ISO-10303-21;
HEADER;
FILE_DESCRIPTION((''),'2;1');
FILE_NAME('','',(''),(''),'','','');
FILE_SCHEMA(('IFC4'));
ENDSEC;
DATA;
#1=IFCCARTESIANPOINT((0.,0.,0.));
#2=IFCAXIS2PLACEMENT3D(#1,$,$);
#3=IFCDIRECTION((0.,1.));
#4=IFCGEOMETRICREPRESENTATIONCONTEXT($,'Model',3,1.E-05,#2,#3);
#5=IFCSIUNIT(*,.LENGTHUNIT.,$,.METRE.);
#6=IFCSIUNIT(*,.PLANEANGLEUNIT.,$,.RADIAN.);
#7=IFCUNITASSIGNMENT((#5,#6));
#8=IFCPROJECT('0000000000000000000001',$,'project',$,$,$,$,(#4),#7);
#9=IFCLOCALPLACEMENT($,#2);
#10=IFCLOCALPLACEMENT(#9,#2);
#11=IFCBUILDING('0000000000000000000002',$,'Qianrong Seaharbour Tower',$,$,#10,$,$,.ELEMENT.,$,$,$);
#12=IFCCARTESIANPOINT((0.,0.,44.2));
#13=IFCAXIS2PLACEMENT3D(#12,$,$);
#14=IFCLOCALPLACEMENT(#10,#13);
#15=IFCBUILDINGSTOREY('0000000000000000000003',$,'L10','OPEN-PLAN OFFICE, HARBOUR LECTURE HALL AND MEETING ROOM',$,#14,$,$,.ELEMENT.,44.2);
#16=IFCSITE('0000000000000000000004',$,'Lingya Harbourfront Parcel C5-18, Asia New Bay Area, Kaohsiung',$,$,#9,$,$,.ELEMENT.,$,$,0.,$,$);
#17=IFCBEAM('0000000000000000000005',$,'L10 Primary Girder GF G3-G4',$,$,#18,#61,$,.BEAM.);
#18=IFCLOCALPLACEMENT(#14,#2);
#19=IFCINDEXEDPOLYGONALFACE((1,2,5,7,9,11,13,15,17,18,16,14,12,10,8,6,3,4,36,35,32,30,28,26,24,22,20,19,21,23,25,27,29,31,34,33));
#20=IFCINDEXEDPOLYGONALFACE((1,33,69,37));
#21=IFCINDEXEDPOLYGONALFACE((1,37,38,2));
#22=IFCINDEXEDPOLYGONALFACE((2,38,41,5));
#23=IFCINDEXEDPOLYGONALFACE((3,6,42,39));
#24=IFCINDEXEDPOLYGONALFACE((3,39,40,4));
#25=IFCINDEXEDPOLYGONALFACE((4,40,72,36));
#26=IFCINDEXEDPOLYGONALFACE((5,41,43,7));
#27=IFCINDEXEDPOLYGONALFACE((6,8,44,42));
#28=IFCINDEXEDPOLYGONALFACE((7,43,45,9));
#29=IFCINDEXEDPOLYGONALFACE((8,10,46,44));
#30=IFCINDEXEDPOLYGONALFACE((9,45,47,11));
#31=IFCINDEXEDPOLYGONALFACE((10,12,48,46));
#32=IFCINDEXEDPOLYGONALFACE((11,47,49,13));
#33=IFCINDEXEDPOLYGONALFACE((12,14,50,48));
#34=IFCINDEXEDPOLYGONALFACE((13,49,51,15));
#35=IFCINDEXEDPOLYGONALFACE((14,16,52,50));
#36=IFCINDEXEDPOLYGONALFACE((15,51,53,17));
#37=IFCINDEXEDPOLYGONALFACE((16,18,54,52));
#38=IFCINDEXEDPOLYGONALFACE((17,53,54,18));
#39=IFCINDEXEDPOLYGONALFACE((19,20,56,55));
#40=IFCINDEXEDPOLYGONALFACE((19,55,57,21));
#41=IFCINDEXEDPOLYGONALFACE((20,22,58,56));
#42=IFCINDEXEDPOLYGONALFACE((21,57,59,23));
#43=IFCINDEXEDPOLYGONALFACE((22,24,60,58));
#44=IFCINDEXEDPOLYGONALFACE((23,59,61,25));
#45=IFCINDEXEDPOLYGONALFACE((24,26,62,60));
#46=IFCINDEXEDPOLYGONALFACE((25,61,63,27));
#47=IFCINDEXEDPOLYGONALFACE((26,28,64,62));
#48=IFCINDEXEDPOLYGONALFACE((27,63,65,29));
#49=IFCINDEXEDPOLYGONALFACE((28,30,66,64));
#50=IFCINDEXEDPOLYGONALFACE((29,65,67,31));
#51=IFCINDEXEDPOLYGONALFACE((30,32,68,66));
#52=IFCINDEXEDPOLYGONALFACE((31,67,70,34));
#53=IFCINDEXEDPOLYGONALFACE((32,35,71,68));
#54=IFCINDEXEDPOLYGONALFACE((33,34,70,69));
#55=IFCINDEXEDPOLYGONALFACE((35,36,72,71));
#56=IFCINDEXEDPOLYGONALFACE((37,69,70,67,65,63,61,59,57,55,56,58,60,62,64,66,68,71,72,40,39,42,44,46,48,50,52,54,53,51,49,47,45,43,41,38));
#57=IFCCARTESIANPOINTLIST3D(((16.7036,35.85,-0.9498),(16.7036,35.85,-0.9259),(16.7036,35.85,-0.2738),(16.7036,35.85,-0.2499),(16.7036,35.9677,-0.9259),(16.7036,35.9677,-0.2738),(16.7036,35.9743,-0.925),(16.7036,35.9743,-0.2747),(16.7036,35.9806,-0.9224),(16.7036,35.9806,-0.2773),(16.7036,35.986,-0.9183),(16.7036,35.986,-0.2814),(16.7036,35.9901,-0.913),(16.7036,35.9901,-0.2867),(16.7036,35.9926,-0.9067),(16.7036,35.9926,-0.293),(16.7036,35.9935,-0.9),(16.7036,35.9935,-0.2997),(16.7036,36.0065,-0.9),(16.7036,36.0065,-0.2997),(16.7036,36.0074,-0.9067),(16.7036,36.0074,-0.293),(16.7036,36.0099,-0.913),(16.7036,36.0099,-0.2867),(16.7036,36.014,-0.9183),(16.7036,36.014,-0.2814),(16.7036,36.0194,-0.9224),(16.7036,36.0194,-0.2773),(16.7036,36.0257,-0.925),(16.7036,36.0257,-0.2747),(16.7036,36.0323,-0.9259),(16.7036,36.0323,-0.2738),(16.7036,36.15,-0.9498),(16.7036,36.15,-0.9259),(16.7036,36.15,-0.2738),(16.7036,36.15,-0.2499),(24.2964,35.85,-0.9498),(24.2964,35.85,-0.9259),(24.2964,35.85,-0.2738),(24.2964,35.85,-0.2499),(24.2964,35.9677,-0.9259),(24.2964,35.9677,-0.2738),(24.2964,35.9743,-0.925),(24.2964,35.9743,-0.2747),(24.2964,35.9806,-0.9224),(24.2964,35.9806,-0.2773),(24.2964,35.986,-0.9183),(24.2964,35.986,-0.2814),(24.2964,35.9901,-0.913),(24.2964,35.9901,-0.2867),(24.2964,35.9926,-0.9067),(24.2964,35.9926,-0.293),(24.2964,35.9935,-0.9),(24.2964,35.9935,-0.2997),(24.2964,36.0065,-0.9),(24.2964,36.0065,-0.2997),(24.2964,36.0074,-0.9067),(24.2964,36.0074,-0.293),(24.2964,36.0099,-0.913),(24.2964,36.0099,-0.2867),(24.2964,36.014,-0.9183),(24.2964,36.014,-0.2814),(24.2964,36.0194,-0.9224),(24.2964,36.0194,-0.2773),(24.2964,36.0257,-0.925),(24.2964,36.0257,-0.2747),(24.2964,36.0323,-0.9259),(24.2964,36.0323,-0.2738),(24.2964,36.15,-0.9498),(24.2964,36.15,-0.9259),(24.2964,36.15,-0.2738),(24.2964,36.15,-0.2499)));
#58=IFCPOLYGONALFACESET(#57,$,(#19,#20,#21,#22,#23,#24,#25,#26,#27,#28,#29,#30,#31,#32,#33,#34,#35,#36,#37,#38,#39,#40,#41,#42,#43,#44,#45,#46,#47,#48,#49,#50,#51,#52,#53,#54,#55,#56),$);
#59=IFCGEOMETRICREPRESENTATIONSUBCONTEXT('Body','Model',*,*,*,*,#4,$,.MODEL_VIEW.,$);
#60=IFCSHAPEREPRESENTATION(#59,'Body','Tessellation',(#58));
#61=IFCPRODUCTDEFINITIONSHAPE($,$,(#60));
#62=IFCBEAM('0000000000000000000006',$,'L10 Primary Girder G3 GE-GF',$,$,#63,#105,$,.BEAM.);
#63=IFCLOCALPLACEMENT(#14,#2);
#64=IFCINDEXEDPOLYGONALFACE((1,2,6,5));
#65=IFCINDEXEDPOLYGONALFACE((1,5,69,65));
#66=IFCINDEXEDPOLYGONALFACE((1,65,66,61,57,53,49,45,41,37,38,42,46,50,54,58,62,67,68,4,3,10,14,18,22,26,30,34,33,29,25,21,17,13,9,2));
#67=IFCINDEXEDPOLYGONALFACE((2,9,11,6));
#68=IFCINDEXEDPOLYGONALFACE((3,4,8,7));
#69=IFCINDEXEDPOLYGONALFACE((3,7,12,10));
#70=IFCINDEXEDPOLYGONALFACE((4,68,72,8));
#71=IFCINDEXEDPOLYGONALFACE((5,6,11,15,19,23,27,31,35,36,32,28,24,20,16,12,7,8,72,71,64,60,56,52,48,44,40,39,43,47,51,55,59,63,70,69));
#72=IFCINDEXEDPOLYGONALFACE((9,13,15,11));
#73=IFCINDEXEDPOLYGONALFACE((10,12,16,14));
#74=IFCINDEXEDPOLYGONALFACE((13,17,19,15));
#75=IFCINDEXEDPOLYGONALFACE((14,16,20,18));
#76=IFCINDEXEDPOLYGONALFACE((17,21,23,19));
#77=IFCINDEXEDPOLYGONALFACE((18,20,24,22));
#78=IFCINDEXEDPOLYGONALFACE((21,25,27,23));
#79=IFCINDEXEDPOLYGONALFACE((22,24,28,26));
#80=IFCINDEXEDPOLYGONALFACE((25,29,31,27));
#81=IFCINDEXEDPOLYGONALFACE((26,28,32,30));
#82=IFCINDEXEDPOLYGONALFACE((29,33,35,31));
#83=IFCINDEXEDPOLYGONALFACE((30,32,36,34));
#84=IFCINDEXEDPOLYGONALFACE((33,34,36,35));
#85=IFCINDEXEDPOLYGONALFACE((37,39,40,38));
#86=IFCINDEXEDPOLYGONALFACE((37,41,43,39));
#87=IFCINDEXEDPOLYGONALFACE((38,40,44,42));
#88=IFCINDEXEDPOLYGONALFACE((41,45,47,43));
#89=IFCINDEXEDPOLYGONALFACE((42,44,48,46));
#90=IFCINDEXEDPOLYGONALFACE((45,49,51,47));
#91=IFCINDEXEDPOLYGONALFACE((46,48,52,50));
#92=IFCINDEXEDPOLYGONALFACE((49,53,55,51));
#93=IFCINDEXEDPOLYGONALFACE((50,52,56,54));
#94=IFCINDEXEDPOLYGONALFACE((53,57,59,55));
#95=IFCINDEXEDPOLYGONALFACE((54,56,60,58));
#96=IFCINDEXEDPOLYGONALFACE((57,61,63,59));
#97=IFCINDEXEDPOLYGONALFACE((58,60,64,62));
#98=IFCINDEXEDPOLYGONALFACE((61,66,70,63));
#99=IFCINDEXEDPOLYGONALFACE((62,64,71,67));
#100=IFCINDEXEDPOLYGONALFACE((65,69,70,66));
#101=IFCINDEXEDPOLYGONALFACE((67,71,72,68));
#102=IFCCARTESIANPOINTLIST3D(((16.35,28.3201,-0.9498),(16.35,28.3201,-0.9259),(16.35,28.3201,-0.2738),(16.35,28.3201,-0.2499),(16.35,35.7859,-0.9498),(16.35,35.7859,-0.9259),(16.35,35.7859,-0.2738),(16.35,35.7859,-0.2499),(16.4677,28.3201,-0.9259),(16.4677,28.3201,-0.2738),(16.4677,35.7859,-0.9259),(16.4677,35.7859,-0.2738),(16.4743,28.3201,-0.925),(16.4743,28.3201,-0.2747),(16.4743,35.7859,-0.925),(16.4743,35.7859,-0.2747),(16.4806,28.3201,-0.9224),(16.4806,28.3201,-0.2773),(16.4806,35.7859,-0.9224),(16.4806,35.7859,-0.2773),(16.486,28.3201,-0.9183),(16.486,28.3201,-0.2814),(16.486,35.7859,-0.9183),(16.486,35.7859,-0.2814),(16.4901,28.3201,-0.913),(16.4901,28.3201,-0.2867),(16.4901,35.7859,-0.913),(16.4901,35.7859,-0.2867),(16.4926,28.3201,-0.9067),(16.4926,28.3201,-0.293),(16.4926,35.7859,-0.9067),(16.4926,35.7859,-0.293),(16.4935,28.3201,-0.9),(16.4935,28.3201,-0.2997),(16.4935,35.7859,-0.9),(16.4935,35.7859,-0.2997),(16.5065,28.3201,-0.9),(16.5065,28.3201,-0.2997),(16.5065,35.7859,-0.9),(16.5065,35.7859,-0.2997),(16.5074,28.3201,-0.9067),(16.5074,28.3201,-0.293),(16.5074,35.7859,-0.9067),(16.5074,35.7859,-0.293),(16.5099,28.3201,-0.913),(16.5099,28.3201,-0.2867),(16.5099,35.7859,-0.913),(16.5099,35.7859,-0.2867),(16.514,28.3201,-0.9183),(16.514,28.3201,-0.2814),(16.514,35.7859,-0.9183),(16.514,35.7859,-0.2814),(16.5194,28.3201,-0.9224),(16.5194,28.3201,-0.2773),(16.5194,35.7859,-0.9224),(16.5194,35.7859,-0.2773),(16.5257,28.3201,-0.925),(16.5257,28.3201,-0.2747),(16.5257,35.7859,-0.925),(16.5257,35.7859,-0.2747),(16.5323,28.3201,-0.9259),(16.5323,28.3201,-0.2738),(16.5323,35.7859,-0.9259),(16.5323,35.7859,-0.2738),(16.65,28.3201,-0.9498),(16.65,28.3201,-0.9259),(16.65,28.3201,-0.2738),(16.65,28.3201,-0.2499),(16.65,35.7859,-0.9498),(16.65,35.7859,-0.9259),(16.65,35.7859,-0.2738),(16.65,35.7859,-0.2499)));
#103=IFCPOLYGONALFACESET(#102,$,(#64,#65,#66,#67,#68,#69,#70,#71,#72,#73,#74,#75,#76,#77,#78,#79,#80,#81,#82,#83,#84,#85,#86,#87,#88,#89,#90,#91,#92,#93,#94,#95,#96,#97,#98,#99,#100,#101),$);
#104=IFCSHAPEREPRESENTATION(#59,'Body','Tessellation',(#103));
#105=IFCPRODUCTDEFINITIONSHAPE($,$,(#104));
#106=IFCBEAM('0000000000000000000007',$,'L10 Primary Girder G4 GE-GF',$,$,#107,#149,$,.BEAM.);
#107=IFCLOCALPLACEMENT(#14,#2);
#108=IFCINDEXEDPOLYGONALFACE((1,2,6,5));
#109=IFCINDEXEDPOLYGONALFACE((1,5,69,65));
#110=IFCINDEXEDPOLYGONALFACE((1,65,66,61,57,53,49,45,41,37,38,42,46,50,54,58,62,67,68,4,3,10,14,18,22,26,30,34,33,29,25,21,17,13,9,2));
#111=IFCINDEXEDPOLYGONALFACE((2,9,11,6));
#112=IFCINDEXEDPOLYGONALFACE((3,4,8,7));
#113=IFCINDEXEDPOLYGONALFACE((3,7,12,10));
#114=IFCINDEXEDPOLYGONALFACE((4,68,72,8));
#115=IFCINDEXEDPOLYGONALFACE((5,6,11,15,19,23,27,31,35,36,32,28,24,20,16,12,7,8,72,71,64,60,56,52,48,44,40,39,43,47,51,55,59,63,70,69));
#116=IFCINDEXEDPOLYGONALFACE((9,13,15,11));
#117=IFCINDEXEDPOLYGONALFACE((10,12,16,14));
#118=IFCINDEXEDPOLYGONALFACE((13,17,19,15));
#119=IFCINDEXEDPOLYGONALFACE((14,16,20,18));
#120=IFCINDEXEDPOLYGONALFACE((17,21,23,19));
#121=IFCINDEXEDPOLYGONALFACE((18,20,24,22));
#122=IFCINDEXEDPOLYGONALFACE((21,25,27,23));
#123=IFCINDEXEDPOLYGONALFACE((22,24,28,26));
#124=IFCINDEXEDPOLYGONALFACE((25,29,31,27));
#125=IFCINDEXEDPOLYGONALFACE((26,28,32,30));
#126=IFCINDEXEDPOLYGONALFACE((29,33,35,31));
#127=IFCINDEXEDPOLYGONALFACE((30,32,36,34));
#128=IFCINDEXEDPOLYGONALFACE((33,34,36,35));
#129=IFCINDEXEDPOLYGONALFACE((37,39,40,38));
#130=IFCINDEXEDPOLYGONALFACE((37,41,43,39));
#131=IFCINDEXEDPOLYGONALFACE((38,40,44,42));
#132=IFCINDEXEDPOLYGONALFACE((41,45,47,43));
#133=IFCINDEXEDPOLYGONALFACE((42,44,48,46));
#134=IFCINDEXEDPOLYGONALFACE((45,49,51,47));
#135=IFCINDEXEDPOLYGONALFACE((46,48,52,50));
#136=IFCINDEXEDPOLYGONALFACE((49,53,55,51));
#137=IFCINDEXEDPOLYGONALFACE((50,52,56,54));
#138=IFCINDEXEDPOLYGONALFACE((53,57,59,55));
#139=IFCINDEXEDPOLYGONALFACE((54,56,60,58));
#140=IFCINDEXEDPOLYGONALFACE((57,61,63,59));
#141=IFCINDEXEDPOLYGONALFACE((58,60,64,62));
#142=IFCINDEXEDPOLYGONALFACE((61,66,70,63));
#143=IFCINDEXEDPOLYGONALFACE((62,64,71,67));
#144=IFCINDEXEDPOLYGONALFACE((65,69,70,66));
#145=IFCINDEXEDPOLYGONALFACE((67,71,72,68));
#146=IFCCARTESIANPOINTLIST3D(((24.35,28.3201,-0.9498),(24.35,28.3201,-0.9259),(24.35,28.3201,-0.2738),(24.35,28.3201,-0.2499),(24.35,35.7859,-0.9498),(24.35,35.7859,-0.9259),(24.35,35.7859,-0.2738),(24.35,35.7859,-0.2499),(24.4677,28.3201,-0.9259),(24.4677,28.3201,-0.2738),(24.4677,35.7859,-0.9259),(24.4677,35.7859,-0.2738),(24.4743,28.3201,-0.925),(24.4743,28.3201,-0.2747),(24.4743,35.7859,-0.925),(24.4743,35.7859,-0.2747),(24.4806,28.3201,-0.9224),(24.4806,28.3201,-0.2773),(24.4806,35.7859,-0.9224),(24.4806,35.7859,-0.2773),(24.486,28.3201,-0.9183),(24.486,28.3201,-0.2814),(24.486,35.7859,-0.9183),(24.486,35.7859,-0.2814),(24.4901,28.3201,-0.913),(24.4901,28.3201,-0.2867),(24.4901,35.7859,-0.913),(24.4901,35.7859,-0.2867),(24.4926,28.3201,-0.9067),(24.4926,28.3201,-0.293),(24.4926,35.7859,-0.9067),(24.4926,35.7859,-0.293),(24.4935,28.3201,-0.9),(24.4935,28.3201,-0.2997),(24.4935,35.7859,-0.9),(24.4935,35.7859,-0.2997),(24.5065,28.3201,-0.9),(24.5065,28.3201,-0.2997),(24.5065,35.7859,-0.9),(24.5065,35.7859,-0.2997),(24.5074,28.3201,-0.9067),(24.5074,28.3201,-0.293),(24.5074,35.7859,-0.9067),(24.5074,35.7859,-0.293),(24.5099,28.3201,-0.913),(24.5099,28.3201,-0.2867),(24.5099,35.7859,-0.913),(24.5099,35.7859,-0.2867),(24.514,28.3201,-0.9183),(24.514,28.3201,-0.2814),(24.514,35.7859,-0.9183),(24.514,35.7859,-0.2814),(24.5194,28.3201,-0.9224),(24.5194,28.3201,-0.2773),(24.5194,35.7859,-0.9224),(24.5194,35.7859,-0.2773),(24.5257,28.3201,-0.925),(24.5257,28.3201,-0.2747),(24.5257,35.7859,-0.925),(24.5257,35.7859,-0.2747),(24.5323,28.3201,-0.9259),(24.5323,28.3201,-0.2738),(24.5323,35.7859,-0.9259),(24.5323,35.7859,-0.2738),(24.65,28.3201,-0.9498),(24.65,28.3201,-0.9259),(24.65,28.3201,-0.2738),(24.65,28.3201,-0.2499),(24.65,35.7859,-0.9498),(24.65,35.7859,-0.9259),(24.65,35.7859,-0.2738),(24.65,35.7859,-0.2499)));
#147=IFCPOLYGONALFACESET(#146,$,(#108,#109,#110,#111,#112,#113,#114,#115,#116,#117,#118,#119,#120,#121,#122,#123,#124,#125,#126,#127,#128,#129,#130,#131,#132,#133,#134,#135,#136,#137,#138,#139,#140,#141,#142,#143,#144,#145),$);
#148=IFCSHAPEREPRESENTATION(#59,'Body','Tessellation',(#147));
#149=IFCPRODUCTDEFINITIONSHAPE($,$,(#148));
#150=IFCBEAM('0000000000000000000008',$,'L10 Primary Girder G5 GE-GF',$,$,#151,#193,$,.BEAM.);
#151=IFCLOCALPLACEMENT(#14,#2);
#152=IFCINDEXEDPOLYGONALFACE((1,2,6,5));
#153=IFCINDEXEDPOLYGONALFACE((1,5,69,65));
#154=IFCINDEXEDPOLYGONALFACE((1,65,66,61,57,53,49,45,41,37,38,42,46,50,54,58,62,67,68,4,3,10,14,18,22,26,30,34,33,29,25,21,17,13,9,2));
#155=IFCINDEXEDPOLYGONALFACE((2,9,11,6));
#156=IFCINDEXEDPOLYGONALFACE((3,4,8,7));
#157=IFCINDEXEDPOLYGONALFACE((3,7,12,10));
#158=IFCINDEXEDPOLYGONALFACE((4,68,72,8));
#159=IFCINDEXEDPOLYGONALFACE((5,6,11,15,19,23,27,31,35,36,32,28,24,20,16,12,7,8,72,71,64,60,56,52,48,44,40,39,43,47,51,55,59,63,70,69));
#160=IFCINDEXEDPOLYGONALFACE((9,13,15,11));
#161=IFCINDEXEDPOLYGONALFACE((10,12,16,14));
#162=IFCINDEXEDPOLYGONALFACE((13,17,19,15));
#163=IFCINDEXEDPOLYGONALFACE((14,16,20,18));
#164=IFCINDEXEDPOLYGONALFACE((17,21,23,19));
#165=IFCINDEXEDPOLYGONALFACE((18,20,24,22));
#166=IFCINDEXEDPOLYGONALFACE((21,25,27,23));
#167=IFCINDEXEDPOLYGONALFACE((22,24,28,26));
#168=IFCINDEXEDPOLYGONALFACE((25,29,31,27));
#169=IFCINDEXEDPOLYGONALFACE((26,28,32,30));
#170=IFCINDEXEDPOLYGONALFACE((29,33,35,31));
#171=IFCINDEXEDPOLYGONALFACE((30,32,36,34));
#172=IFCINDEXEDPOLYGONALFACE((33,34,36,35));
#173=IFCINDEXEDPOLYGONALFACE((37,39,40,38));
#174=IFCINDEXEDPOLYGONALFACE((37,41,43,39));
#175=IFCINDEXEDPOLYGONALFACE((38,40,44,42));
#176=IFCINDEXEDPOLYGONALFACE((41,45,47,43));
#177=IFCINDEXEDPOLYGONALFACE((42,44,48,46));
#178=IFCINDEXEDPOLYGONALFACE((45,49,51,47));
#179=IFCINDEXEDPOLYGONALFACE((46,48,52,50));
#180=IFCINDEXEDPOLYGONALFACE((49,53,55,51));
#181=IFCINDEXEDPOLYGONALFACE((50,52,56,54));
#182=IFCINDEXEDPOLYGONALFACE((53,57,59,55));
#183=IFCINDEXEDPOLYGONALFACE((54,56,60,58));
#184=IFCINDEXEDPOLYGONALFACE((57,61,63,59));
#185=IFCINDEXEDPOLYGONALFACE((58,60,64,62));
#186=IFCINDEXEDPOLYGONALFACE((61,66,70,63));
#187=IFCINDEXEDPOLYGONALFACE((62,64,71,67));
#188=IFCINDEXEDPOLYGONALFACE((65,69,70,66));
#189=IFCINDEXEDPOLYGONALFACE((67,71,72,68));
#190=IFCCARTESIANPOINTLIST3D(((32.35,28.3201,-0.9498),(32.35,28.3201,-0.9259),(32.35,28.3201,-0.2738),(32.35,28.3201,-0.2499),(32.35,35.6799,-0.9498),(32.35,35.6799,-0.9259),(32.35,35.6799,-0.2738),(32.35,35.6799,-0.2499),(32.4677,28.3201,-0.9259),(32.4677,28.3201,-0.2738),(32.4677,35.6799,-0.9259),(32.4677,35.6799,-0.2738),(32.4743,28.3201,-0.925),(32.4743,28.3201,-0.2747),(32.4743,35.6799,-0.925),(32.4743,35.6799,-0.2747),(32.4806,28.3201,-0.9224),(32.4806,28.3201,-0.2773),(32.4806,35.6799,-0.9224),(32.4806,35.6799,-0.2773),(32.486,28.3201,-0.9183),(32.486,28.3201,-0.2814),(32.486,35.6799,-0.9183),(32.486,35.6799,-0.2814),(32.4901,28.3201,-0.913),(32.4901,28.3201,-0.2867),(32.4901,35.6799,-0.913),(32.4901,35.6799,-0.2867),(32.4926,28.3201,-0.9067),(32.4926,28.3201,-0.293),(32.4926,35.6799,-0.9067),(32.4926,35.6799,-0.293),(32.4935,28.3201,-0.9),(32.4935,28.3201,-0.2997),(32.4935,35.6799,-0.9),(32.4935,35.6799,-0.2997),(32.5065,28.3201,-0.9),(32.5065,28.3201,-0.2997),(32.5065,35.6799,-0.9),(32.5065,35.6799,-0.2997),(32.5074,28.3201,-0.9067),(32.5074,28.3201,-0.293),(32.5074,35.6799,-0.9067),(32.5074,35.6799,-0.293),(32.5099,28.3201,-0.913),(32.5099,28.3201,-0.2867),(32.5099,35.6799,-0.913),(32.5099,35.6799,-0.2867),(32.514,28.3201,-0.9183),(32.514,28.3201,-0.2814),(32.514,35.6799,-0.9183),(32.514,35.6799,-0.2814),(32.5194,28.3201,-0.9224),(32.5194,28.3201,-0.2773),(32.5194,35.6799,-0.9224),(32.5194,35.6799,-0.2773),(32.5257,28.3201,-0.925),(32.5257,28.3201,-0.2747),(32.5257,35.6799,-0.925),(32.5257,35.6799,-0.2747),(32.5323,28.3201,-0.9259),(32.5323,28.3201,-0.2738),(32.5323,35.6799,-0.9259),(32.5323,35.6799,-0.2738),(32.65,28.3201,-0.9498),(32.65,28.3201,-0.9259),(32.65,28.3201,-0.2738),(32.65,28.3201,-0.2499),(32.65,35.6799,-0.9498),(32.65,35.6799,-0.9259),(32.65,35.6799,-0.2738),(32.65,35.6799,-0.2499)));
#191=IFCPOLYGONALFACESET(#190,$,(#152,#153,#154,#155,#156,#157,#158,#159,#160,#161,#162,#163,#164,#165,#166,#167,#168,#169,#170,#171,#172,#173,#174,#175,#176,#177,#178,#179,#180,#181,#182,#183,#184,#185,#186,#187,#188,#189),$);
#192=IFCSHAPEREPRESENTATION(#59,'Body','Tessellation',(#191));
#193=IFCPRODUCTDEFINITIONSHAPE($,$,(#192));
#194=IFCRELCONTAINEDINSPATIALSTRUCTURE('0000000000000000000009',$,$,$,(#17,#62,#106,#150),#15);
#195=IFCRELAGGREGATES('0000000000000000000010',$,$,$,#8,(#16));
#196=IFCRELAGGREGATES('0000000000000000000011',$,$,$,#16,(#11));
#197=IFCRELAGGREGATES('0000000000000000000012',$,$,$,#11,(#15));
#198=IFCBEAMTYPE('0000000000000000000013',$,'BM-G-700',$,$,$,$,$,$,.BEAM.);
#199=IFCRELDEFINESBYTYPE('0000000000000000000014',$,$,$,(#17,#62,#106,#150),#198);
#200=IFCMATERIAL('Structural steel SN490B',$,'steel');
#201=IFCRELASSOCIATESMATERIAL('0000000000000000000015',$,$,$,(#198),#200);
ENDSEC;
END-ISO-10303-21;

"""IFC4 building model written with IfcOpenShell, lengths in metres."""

from ifc_helpers import new_model, si_unit, direction, frame, origin, origin_2d, place, context, subcontext, project, spatial, i_section, extrude, material, material_profile, profile_set, type_object, element, save


model = new_model("IFC4")

# Units and contexts
model_context = context("Model", 3, precision=1e-05, world=origin(), true_north=direction((0.0, 1.0)))
body_context = subcontext(model_context, "Body", "Model", "MODEL_VIEW")
ifc_project = project(units=[si_unit("LENGTHUNIT", "METRE"), si_unit("PLANEANGLEUNIT", "RADIAN")], contexts=[model_context])

# Site, building, storey
site_placement = place(None, origin())
site = spatial("IfcSite", under=ifc_project, at=site_placement, Name="Lingya Harbourfront Parcel C5-18, Asia New Bay Area, Kaohsiung", CompositionType="ELEMENT", RefElevation=0.0)
building_placement = place(site_placement, origin())
building = spatial("IfcBuilding", under=site, at=building_placement, Name="Qianrong Seaharbour Tower", CompositionType="ELEMENT")
storey_placement = place(building_placement, frame((0.0, 0.0, 44.2)))
storey = spatial("IfcBuildingStorey", under=building, at=storey_placement, Name="L10", Description="OPEN-PLAN OFFICE, HARBOUR LECTURE HALL AND MEETING ROOM", CompositionType="ELEMENT", Elevation=44.2)

# Shared definitions
ifc_material_1 = material(Name="Structural steel SN490B", Category="steel")

# Beams
ifc_material_profile_1 = material_profile(ifc_material_1, i_section(OverallWidth=0.3, OverallDepth=0.7, WebThickness=0.0129, FlangeThickness=0.0239, FilletRadius=0.0259, at=origin_2d()), Name="H700x300x13x24")
ifc_profile_set_1 = profile_set([ifc_material_profile_1], Name="Structural steel SN490B")
beam_type_1 = type_object("IfcBeamType", Name="BM-G-700", PredefinedType="BEAM", material=ifc_profile_set_1)
beam_1_placement = place(storey_placement, frame((16.7036, 36.0, -0.5999), z_axis=(1.0, 0.0, 0.0), x_axis=(0.0, 1.0, 0.0)))
element("IfcBeam", 1, at=beam_1_placement, inside=storey, type_object=beam_type_1, Name="L10 Primary Girder GF G3-G4", PredefinedType="BEAM", context=body_context, shape_type="SweptSolid", body=[
    extrude(i_section(OverallWidth=0.3, OverallDepth=0.7, WebThickness=0.0129, FlangeThickness=0.0239, FilletRadius=0.0259, at=origin_2d()), origin(), (0.0, 0.0, 1.0), 7.5928),
])
for number, where, z_axis, x_axis, name in (
    (2, (16.5, 28.3201, -0.5999), (0.0, 1.0, 0.0), (-1.0, 0.0, 0.0), "L10 Primary Girder G3 GE-GF"),
    (3, (24.5, 28.3201, -0.5999), (0.0, 1.0, 0.0), (-1.0, 0.0, 0.0), "L10 Primary Girder G4 GE-GF"),
):
    element("IfcBeam", number, at=place(storey_placement, frame(where, z_axis=z_axis, x_axis=x_axis)), inside=storey, type_object=beam_type_1, Name=name, PredefinedType="BEAM", context=body_context, shape_type="SweptSolid", body=[
        extrude(i_section(OverallWidth=0.3, OverallDepth=0.7, WebThickness=0.0129, FlangeThickness=0.0239, FilletRadius=0.0259, at=origin_2d()), origin(), (0.0, 0.0, 1.0), 7.4658),
    ])
for number, where, z_axis, x_axis, name in (
    (4, (32.5, 28.3201, -0.5999), (0.0, 1.0, 0.0), (-1.0, 0.0, 0.0), "L10 Primary Girder G5 GE-GF"),
):
    element("IfcBeam", number, at=place(storey_placement, frame(where, z_axis=z_axis, x_axis=x_axis)), inside=storey, type_object=beam_type_1, Name=name, PredefinedType="BEAM", context=body_context, shape_type="SweptSolid", body=[
        extrude(i_section(OverallWidth=0.3, OverallDepth=0.7, WebThickness=0.0129, FlangeThickness=0.0239, FilletRadius=0.0259, at=origin_2d()), origin(), (0.0, 0.0, 1.0), 7.3599),
    ])

save(model, "model.ifc")
